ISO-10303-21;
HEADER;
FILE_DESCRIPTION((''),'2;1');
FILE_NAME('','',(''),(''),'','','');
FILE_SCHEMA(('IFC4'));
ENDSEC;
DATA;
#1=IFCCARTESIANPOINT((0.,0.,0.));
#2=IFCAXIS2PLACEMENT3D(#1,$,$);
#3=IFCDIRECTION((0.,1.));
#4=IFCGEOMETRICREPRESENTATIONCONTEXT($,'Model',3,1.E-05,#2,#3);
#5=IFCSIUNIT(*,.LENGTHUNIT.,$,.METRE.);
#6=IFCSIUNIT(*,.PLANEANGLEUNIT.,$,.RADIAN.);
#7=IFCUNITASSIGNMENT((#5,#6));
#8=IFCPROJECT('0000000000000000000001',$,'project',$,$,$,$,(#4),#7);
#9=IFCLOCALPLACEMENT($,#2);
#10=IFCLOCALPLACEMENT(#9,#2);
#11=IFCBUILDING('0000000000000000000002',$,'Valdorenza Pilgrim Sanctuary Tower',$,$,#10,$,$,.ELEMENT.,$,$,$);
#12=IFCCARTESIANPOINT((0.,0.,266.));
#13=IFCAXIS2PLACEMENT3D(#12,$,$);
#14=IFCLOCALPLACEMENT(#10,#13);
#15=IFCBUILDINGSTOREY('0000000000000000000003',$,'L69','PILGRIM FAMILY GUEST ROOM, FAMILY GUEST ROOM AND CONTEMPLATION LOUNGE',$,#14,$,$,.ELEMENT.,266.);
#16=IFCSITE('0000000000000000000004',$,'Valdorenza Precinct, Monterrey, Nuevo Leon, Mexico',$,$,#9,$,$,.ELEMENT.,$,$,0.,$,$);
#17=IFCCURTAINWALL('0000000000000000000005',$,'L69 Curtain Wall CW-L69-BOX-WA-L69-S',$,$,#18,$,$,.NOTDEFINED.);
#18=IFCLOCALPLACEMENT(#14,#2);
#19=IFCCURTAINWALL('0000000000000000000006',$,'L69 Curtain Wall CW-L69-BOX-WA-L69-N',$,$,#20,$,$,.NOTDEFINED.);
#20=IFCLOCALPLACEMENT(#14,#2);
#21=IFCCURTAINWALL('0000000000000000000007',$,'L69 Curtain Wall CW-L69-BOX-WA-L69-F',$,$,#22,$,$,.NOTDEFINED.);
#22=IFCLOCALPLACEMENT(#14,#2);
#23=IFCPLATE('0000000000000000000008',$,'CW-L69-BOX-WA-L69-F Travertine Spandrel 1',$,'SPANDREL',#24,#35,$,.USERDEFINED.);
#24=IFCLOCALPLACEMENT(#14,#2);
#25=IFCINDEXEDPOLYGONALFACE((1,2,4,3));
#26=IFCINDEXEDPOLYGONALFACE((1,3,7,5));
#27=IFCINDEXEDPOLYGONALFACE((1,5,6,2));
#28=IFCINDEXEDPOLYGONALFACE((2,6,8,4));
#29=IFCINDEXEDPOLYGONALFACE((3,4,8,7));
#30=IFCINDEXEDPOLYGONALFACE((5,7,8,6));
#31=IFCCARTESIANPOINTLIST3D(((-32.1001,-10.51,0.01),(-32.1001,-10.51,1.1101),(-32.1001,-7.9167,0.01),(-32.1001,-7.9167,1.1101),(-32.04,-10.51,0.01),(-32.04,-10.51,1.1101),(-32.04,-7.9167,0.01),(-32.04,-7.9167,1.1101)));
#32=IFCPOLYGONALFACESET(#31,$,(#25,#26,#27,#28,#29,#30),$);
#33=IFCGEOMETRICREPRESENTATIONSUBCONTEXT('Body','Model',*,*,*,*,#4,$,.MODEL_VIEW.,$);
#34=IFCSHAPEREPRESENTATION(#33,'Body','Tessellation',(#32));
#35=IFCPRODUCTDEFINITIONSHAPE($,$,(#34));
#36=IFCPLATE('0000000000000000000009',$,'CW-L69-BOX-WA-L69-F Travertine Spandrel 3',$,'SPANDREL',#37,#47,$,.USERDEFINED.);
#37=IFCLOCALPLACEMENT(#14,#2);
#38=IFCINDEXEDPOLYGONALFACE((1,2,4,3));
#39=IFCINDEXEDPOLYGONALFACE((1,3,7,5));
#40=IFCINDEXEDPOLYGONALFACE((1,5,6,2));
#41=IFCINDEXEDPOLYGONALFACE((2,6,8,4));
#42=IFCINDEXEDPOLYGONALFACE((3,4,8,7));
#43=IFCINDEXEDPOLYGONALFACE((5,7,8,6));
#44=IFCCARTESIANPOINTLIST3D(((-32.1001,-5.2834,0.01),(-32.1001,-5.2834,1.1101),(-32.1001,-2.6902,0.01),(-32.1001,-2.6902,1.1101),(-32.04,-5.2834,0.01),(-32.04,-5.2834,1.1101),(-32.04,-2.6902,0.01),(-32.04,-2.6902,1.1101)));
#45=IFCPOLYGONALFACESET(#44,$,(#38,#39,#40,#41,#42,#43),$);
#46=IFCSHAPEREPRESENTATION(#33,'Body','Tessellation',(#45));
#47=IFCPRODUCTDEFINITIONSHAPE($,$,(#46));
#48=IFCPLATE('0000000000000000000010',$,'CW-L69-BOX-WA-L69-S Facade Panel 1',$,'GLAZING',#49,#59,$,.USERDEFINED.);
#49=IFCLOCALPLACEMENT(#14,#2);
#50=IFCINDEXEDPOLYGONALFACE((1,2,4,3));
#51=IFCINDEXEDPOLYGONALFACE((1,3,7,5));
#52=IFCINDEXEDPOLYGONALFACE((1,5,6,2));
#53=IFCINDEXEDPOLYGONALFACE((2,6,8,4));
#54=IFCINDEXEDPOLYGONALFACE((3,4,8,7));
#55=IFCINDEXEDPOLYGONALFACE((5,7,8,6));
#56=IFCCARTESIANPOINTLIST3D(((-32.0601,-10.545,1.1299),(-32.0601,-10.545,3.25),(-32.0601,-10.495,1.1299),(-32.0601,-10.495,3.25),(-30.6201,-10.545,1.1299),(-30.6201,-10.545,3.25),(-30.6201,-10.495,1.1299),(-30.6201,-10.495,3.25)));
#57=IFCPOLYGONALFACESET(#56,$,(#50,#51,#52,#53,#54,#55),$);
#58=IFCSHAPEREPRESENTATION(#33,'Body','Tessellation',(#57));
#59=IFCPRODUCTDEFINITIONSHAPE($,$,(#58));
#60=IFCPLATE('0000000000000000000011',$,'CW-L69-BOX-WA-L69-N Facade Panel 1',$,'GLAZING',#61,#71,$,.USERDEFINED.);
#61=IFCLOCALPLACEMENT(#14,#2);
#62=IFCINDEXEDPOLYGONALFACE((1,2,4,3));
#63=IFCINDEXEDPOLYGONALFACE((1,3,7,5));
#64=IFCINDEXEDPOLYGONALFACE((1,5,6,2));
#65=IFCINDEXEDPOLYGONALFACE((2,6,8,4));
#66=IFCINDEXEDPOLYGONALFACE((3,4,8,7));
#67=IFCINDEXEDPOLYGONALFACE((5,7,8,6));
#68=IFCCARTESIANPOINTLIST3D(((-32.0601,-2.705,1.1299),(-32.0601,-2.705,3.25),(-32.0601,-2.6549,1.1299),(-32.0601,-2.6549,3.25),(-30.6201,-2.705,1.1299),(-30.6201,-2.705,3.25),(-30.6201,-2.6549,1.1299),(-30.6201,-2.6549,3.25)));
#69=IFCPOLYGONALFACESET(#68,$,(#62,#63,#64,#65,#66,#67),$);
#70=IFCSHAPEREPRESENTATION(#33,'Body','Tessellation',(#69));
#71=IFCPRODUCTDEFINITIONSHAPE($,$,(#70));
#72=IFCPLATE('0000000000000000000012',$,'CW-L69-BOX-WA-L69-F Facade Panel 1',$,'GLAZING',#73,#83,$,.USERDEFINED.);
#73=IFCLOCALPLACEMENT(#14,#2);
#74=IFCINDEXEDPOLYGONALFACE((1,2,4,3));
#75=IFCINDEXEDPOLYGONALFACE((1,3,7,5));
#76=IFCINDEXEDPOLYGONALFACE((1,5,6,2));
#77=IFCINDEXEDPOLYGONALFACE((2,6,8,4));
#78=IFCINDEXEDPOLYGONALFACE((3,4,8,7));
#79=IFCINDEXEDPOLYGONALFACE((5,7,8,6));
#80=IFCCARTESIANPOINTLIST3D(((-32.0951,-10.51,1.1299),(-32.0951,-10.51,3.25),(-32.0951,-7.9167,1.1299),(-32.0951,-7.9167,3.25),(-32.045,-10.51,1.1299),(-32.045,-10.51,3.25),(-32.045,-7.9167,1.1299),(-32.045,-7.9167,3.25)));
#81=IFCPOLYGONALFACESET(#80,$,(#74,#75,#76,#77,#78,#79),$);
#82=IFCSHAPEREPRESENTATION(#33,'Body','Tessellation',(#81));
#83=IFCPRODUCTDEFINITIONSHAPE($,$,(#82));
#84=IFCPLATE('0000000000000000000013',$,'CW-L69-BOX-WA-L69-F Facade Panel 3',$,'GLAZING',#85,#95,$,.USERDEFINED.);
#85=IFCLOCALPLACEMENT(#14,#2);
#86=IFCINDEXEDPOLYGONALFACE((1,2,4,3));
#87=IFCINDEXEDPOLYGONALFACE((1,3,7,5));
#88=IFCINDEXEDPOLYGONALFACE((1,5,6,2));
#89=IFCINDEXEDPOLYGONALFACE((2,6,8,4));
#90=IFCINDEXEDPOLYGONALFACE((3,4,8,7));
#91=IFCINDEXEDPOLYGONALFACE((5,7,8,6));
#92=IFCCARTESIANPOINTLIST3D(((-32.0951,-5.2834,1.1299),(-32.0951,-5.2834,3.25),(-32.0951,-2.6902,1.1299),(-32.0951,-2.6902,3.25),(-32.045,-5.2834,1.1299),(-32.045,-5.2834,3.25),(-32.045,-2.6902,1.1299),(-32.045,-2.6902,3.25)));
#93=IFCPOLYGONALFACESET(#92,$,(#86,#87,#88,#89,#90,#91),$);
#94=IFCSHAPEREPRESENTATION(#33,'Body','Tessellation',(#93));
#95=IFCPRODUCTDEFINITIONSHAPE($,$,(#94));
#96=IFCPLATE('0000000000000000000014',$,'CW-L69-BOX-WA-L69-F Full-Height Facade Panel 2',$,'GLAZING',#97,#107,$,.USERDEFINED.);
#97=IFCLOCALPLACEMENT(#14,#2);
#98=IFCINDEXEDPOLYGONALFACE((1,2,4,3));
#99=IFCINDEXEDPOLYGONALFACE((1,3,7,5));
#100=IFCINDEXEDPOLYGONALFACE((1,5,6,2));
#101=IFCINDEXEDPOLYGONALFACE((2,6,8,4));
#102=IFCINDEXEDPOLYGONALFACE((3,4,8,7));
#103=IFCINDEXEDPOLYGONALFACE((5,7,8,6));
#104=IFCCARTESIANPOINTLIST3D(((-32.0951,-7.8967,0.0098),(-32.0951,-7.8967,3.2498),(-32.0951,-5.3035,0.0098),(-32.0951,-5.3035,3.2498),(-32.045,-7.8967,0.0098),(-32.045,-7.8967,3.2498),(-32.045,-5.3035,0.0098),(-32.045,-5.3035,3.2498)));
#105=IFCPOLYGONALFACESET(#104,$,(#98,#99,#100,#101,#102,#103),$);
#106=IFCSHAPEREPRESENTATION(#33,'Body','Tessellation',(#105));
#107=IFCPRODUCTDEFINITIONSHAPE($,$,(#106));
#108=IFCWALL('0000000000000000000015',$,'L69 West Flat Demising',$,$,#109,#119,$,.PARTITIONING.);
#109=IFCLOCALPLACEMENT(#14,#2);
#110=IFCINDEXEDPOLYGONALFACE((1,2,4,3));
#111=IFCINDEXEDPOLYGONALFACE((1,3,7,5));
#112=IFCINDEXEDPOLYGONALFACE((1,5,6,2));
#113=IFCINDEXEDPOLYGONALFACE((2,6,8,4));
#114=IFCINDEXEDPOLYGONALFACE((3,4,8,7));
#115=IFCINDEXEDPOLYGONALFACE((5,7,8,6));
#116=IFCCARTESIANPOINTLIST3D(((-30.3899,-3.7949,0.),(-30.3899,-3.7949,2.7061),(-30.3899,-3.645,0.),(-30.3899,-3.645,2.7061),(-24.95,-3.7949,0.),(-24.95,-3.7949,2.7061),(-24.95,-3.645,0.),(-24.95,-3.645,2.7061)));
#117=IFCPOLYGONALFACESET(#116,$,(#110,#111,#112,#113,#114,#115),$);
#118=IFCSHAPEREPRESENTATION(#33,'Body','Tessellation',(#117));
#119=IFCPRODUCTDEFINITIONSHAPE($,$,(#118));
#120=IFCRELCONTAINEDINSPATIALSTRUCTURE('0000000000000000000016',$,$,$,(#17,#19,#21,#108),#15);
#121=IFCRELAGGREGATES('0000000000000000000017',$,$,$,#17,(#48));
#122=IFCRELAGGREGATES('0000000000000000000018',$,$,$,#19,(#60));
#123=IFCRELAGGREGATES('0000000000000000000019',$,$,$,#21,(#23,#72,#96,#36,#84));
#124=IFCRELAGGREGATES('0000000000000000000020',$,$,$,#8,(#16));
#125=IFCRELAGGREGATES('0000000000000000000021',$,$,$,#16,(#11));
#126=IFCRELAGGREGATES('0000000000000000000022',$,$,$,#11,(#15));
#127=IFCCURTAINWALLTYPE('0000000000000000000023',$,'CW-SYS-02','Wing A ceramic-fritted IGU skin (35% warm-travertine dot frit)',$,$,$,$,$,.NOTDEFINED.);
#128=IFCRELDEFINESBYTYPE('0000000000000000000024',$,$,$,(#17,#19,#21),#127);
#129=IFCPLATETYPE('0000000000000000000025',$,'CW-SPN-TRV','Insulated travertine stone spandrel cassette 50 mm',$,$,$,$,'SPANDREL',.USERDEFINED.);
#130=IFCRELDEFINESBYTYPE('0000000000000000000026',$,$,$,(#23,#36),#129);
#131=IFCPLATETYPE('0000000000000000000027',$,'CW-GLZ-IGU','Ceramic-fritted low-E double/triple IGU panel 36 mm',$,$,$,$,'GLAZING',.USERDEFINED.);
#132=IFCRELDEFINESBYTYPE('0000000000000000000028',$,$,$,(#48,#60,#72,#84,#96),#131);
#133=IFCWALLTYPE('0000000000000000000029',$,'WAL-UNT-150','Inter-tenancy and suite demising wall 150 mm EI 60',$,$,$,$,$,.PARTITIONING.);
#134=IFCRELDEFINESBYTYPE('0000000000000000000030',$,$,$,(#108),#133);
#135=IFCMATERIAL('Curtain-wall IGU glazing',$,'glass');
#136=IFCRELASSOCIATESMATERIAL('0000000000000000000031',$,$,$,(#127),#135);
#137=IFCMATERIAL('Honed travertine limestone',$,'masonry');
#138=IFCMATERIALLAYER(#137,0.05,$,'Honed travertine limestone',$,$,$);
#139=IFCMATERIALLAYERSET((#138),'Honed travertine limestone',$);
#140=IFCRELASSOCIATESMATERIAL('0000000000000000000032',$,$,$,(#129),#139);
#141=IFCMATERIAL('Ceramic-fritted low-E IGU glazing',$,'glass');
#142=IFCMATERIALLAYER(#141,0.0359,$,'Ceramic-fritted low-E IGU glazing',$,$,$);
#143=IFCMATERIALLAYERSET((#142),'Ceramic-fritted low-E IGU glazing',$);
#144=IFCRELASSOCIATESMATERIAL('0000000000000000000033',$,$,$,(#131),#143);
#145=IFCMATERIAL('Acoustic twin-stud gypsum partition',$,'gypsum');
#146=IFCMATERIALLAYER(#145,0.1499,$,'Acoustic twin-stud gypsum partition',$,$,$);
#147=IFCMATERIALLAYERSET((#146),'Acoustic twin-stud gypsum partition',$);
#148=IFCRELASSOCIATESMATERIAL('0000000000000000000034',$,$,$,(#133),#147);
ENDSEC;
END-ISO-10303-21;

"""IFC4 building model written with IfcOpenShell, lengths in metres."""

from ifc_helpers import new_model, si_unit, direction, frame, frame_2d, origin, origin_2d, place, context, subcontext, project, spatial, rectangle, extrude, source, transform, mapped, material, layer, layer_set, type_object, element, aggregate, save


model = new_model("IFC4")

# Units and contexts
model_context = context("Model", 3, precision=1e-05, world=origin(), true_north=direction((0.0, 1.0)))
body_context = subcontext(model_context, "Body", "Model", "MODEL_VIEW")
ifc_project = project(units=[si_unit("LENGTHUNIT", "METRE"), si_unit("PLANEANGLEUNIT", "RADIAN")], contexts=[model_context])

# Site, building, storey
site_placement = place(None, origin())
site = spatial("IfcSite", under=ifc_project, at=site_placement, Name="Valdorenza Precinct, Monterrey, Nuevo Leon, Mexico", CompositionType="ELEMENT", RefElevation=0.0)
building_placement = place(site_placement, origin())
building = spatial("IfcBuilding", under=site, at=building_placement, Name="Valdorenza Pilgrim Sanctuary Tower", CompositionType="ELEMENT")
storey_placement = place(building_placement, frame((0.0, 0.0, 266.0)))
storey = spatial("IfcBuildingStorey", under=building, at=storey_placement, Name="L69", Description="PILGRIM FAMILY GUEST ROOM, FAMILY GUEST ROOM AND CONTEMPLATION LOUNGE", CompositionType="ELEMENT", Elevation=266.0)

# Curtain walls
ifc_material_1 = material(Name="Curtain-wall IGU glazing", Category="glass")
curtain_wall_type = type_object("IfcCurtainWallType", Name="CW-SYS-02", Description="Wing A ceramic-fritted IGU skin (35% warm-travertine dot frit)", PredefinedType="NOTDEFINED", material=ifc_material_1)
curtain_wall_1_placement = place(storey_placement, origin())
curtain_wall_1 = element("IfcCurtainWall", 1, at=curtain_wall_1_placement, inside=storey, type_object=curtain_wall_type, Name="L69 Curtain Wall CW-L69-BOX-WA-L69-S", PredefinedType="NOTDEFINED")
curtain_wall_2_placement = place(storey_placement, origin())
curtain_wall_2 = element("IfcCurtainWall", 2, at=curtain_wall_2_placement, inside=storey, type_object=curtain_wall_type, Name="L69 Curtain Wall CW-L69-BOX-WA-L69-N", PredefinedType="NOTDEFINED")

# Curtain wall
curtain_wall_3_placement = place(storey_placement, origin())
curtain_wall_3 = element("IfcCurtainWall", 3, at=curtain_wall_3_placement, inside=storey, type_object=curtain_wall_type, Name="L69 Curtain Wall CW-L69-BOX-WA-L69-F", PredefinedType="NOTDEFINED")

# Plates
ifc_material_2 = material(Name="Honed travertine limestone", Category="masonry")
ifc_layer_1 = layer(ifc_material_2, 0.05, Name="Honed travertine limestone")
ifc_layer_set_1 = layer_set([ifc_layer_1], Name="Honed travertine limestone")
plate_type_1 = type_object("IfcPlateType", Name="CW-SPN-TRV", Description="Insulated travertine stone spandrel cassette 50 mm", ElementType="SPANDREL", PredefinedType="USERDEFINED", material=ifc_layer_set_1)
shared_shape_1 = source(origin(), body_context, "Body", "SweptSolid", [
    extrude(rectangle(XDim=2.5933, YDim=0.0601, at=origin_2d()), origin(), (0.0, 0.0, 1.0), 1.1001),
])
plate_1_placement = place(storey_placement, frame((-32.0701, -9.2134, 0.01), z_axis=(0.0, 0.0, 1.0), x_axis=(0.0, 1.0, 0.0)))
plate_1 = element("IfcPlate", 4, at=plate_1_placement, type_object=plate_type_1, Name="CW-L69-BOX-WA-L69-F Travertine Spandrel 1", ObjectType="SPANDREL", PredefinedType="USERDEFINED", context=body_context, shape_type="MappedRepresentation", body=[
    mapped(shared_shape_1, transform((0.0, 0.0, 0.0), x_axis=(1.0, 0.0, 0.0), y_axis=(0.0, 1.0, 0.0), z_axis=(0.0, 0.0, 1.0), scale=1.0)),
])
plate_2_placement = place(storey_placement, frame((-32.0701, -3.9868, 0.01), z_axis=(0.0, 0.0, 1.0), x_axis=(0.0, 1.0, 0.0)))
plate_2 = element("IfcPlate", 5, at=plate_2_placement, type_object=plate_type_1, Name="CW-L69-BOX-WA-L69-F Travertine Spandrel 3", ObjectType="SPANDREL", PredefinedType="USERDEFINED", context=body_context, shape_type="MappedRepresentation", body=[
    mapped(shared_shape_1, transform((0.0, 0.0, 0.0), x_axis=(1.0, 0.0, 0.0), y_axis=(0.0, 1.0, 0.0), z_axis=(0.0, 0.0, 1.0), scale=1.0)),
])
ifc_material_3 = material(Name="Ceramic-fritted low-E IGU glazing", Category="glass")
ifc_layer_2 = layer(ifc_material_3, 0.0359, Name="Ceramic-fritted low-E IGU glazing")
ifc_layer_set_2 = layer_set([ifc_layer_2], Name="Ceramic-fritted low-E IGU glazing")
plate_type_2 = type_object("IfcPlateType", Name="CW-GLZ-IGU", Description="Ceramic-fritted low-E double/triple IGU panel 36 mm", ElementType="GLAZING", PredefinedType="USERDEFINED", material=ifc_layer_set_2)
shared_shape_2 = source(origin(), body_context, "Body", "SweptSolid", [
    extrude(rectangle(XDim=1.4399, YDim=0.05, at=origin_2d()), origin(), (0.0, 0.0, 1.0), 2.1201),
])
plate_3_placement = place(storey_placement, frame((-31.3401, -10.52, 1.1299), z_axis=(0.0, 0.0, 1.0), x_axis=(-1.0, 0.0, 0.0)))
plate_3 = element("IfcPlate", 6, at=plate_3_placement, type_object=plate_type_2, Name="CW-L69-BOX-WA-L69-S Facade Panel 1", ObjectType="GLAZING", PredefinedType="USERDEFINED", context=body_context, shape_type="MappedRepresentation", body=[
    mapped(shared_shape_2, transform((0.0, 0.0, 0.0), x_axis=(1.0, 0.0, 0.0), y_axis=(0.0, 1.0, 0.0), z_axis=(0.0, 0.0, 1.0), scale=1.0)),
])
aggregate(curtain_wall_1, [plate_3])
plate_4_placement = place(storey_placement, frame((-31.3401, -2.6799, 1.1299), z_axis=(0.0, 0.0, 1.0), x_axis=(1.0, 0.0, 0.0)))
plate_4 = element("IfcPlate", 7, at=plate_4_placement, type_object=plate_type_2, Name="CW-L69-BOX-WA-L69-N Facade Panel 1", ObjectType="GLAZING", PredefinedType="USERDEFINED", context=body_context, shape_type="MappedRepresentation", body=[
    mapped(shared_shape_2, transform((0.0, 0.0, 0.0), x_axis=(1.0, 0.0, 0.0), y_axis=(0.0, 1.0, 0.0), z_axis=(0.0, 0.0, 1.0), scale=1.0)),
])
aggregate(curtain_wall_2, [plate_4])
shared_shape_3 = source(origin(), body_context, "Body", "SweptSolid", [
    extrude(rectangle(XDim=2.5933, YDim=0.05, at=origin_2d()), origin(), (0.0, 0.0, 1.0), 2.1201),
])
plate_5_placement = place(storey_placement, frame((-32.0701, -9.2134, 1.1299), z_axis=(0.0, 0.0, 1.0), x_axis=(0.0, 1.0, 0.0)))
plate_5 = element("IfcPlate", 8, at=plate_5_placement, type_object=plate_type_2, Name="CW-L69-BOX-WA-L69-F Facade Panel 1", ObjectType="GLAZING", PredefinedType="USERDEFINED", context=body_context, shape_type="MappedRepresentation", body=[
    mapped(shared_shape_3, transform((0.0, 0.0, 0.0), x_axis=(1.0, 0.0, 0.0), y_axis=(0.0, 1.0, 0.0), z_axis=(0.0, 0.0, 1.0), scale=1.0)),
])
plate_6_placement = place(storey_placement, frame((-32.0701, -3.9868, 1.1299), z_axis=(0.0, 0.0, 1.0), x_axis=(0.0, 1.0, 0.0)))
plate_6 = element("IfcPlate", 9, at=plate_6_placement, type_object=plate_type_2, Name="CW-L69-BOX-WA-L69-F Facade Panel 3", ObjectType="GLAZING", PredefinedType="USERDEFINED", context=body_context, shape_type="MappedRepresentation", body=[
    mapped(shared_shape_3, transform((0.0, 0.0, 0.0), x_axis=(1.0, 0.0, 0.0), y_axis=(0.0, 1.0, 0.0), z_axis=(0.0, 0.0, 1.0), scale=1.0)),
])
shared_shape_4 = source(origin(), body_context, "Body", "SweptSolid", [
    extrude(rectangle(XDim=2.5933, YDim=0.05, at=origin_2d()), origin(), (0.0, 0.0, 1.0), 3.24),
])
plate_7_placement = place(storey_placement, frame((-32.0701, -6.6001, 0.0098), z_axis=(0.0, 0.0, 1.0), x_axis=(0.0, 1.0, 0.0)))
plate_7 = element("IfcPlate", 10, at=plate_7_placement, type_object=plate_type_2, Name="CW-L69-BOX-WA-L69-F Full-Height Facade Panel 2", ObjectType="GLAZING", PredefinedType="USERDEFINED", context=body_context, shape_type="MappedRepresentation", body=[
    mapped(shared_shape_4, transform((0.0, 0.0, 0.0), x_axis=(1.0, 0.0, 0.0), y_axis=(0.0, 1.0, 0.0), z_axis=(0.0, 0.0, 1.0), scale=1.0)),
])
aggregate(curtain_wall_3, [plate_1, plate_5, plate_7, plate_2, plate_6])

# Wall
ifc_material_4 = material(Name="Acoustic twin-stud gypsum partition", Category="gypsum")
ifc_layer_3 = layer(ifc_material_4, 0.1499, Name="Acoustic twin-stud gypsum partition")
ifc_layer_set_3 = layer_set([ifc_layer_3], Name="Acoustic twin-stud gypsum partition")
wall_type = type_object("IfcWallType", Name="WAL-UNT-150", Description="Inter-tenancy and suite demising wall 150 mm EI 60", PredefinedType="PARTITIONING", material=ifc_layer_set_3)
wall_placement = place(storey_placement, frame((-30.3899, -3.72, 0.0), z_axis=(0.0, 0.0, 1.0), x_axis=(1.0, 0.0, 0.0)))
element("IfcWall", 11, at=wall_placement, inside=storey, type_object=wall_type, Name="L69 West Flat Demising", PredefinedType="PARTITIONING", context=body_context, shape_type="SweptSolid", body=[
    extrude(rectangle(XDim=5.4399, YDim=0.1499, at=frame_2d((2.72, 0.0))), origin(), (0.0, 0.0, 1.0), 2.7061),
])

save(model, "model.ifc")
